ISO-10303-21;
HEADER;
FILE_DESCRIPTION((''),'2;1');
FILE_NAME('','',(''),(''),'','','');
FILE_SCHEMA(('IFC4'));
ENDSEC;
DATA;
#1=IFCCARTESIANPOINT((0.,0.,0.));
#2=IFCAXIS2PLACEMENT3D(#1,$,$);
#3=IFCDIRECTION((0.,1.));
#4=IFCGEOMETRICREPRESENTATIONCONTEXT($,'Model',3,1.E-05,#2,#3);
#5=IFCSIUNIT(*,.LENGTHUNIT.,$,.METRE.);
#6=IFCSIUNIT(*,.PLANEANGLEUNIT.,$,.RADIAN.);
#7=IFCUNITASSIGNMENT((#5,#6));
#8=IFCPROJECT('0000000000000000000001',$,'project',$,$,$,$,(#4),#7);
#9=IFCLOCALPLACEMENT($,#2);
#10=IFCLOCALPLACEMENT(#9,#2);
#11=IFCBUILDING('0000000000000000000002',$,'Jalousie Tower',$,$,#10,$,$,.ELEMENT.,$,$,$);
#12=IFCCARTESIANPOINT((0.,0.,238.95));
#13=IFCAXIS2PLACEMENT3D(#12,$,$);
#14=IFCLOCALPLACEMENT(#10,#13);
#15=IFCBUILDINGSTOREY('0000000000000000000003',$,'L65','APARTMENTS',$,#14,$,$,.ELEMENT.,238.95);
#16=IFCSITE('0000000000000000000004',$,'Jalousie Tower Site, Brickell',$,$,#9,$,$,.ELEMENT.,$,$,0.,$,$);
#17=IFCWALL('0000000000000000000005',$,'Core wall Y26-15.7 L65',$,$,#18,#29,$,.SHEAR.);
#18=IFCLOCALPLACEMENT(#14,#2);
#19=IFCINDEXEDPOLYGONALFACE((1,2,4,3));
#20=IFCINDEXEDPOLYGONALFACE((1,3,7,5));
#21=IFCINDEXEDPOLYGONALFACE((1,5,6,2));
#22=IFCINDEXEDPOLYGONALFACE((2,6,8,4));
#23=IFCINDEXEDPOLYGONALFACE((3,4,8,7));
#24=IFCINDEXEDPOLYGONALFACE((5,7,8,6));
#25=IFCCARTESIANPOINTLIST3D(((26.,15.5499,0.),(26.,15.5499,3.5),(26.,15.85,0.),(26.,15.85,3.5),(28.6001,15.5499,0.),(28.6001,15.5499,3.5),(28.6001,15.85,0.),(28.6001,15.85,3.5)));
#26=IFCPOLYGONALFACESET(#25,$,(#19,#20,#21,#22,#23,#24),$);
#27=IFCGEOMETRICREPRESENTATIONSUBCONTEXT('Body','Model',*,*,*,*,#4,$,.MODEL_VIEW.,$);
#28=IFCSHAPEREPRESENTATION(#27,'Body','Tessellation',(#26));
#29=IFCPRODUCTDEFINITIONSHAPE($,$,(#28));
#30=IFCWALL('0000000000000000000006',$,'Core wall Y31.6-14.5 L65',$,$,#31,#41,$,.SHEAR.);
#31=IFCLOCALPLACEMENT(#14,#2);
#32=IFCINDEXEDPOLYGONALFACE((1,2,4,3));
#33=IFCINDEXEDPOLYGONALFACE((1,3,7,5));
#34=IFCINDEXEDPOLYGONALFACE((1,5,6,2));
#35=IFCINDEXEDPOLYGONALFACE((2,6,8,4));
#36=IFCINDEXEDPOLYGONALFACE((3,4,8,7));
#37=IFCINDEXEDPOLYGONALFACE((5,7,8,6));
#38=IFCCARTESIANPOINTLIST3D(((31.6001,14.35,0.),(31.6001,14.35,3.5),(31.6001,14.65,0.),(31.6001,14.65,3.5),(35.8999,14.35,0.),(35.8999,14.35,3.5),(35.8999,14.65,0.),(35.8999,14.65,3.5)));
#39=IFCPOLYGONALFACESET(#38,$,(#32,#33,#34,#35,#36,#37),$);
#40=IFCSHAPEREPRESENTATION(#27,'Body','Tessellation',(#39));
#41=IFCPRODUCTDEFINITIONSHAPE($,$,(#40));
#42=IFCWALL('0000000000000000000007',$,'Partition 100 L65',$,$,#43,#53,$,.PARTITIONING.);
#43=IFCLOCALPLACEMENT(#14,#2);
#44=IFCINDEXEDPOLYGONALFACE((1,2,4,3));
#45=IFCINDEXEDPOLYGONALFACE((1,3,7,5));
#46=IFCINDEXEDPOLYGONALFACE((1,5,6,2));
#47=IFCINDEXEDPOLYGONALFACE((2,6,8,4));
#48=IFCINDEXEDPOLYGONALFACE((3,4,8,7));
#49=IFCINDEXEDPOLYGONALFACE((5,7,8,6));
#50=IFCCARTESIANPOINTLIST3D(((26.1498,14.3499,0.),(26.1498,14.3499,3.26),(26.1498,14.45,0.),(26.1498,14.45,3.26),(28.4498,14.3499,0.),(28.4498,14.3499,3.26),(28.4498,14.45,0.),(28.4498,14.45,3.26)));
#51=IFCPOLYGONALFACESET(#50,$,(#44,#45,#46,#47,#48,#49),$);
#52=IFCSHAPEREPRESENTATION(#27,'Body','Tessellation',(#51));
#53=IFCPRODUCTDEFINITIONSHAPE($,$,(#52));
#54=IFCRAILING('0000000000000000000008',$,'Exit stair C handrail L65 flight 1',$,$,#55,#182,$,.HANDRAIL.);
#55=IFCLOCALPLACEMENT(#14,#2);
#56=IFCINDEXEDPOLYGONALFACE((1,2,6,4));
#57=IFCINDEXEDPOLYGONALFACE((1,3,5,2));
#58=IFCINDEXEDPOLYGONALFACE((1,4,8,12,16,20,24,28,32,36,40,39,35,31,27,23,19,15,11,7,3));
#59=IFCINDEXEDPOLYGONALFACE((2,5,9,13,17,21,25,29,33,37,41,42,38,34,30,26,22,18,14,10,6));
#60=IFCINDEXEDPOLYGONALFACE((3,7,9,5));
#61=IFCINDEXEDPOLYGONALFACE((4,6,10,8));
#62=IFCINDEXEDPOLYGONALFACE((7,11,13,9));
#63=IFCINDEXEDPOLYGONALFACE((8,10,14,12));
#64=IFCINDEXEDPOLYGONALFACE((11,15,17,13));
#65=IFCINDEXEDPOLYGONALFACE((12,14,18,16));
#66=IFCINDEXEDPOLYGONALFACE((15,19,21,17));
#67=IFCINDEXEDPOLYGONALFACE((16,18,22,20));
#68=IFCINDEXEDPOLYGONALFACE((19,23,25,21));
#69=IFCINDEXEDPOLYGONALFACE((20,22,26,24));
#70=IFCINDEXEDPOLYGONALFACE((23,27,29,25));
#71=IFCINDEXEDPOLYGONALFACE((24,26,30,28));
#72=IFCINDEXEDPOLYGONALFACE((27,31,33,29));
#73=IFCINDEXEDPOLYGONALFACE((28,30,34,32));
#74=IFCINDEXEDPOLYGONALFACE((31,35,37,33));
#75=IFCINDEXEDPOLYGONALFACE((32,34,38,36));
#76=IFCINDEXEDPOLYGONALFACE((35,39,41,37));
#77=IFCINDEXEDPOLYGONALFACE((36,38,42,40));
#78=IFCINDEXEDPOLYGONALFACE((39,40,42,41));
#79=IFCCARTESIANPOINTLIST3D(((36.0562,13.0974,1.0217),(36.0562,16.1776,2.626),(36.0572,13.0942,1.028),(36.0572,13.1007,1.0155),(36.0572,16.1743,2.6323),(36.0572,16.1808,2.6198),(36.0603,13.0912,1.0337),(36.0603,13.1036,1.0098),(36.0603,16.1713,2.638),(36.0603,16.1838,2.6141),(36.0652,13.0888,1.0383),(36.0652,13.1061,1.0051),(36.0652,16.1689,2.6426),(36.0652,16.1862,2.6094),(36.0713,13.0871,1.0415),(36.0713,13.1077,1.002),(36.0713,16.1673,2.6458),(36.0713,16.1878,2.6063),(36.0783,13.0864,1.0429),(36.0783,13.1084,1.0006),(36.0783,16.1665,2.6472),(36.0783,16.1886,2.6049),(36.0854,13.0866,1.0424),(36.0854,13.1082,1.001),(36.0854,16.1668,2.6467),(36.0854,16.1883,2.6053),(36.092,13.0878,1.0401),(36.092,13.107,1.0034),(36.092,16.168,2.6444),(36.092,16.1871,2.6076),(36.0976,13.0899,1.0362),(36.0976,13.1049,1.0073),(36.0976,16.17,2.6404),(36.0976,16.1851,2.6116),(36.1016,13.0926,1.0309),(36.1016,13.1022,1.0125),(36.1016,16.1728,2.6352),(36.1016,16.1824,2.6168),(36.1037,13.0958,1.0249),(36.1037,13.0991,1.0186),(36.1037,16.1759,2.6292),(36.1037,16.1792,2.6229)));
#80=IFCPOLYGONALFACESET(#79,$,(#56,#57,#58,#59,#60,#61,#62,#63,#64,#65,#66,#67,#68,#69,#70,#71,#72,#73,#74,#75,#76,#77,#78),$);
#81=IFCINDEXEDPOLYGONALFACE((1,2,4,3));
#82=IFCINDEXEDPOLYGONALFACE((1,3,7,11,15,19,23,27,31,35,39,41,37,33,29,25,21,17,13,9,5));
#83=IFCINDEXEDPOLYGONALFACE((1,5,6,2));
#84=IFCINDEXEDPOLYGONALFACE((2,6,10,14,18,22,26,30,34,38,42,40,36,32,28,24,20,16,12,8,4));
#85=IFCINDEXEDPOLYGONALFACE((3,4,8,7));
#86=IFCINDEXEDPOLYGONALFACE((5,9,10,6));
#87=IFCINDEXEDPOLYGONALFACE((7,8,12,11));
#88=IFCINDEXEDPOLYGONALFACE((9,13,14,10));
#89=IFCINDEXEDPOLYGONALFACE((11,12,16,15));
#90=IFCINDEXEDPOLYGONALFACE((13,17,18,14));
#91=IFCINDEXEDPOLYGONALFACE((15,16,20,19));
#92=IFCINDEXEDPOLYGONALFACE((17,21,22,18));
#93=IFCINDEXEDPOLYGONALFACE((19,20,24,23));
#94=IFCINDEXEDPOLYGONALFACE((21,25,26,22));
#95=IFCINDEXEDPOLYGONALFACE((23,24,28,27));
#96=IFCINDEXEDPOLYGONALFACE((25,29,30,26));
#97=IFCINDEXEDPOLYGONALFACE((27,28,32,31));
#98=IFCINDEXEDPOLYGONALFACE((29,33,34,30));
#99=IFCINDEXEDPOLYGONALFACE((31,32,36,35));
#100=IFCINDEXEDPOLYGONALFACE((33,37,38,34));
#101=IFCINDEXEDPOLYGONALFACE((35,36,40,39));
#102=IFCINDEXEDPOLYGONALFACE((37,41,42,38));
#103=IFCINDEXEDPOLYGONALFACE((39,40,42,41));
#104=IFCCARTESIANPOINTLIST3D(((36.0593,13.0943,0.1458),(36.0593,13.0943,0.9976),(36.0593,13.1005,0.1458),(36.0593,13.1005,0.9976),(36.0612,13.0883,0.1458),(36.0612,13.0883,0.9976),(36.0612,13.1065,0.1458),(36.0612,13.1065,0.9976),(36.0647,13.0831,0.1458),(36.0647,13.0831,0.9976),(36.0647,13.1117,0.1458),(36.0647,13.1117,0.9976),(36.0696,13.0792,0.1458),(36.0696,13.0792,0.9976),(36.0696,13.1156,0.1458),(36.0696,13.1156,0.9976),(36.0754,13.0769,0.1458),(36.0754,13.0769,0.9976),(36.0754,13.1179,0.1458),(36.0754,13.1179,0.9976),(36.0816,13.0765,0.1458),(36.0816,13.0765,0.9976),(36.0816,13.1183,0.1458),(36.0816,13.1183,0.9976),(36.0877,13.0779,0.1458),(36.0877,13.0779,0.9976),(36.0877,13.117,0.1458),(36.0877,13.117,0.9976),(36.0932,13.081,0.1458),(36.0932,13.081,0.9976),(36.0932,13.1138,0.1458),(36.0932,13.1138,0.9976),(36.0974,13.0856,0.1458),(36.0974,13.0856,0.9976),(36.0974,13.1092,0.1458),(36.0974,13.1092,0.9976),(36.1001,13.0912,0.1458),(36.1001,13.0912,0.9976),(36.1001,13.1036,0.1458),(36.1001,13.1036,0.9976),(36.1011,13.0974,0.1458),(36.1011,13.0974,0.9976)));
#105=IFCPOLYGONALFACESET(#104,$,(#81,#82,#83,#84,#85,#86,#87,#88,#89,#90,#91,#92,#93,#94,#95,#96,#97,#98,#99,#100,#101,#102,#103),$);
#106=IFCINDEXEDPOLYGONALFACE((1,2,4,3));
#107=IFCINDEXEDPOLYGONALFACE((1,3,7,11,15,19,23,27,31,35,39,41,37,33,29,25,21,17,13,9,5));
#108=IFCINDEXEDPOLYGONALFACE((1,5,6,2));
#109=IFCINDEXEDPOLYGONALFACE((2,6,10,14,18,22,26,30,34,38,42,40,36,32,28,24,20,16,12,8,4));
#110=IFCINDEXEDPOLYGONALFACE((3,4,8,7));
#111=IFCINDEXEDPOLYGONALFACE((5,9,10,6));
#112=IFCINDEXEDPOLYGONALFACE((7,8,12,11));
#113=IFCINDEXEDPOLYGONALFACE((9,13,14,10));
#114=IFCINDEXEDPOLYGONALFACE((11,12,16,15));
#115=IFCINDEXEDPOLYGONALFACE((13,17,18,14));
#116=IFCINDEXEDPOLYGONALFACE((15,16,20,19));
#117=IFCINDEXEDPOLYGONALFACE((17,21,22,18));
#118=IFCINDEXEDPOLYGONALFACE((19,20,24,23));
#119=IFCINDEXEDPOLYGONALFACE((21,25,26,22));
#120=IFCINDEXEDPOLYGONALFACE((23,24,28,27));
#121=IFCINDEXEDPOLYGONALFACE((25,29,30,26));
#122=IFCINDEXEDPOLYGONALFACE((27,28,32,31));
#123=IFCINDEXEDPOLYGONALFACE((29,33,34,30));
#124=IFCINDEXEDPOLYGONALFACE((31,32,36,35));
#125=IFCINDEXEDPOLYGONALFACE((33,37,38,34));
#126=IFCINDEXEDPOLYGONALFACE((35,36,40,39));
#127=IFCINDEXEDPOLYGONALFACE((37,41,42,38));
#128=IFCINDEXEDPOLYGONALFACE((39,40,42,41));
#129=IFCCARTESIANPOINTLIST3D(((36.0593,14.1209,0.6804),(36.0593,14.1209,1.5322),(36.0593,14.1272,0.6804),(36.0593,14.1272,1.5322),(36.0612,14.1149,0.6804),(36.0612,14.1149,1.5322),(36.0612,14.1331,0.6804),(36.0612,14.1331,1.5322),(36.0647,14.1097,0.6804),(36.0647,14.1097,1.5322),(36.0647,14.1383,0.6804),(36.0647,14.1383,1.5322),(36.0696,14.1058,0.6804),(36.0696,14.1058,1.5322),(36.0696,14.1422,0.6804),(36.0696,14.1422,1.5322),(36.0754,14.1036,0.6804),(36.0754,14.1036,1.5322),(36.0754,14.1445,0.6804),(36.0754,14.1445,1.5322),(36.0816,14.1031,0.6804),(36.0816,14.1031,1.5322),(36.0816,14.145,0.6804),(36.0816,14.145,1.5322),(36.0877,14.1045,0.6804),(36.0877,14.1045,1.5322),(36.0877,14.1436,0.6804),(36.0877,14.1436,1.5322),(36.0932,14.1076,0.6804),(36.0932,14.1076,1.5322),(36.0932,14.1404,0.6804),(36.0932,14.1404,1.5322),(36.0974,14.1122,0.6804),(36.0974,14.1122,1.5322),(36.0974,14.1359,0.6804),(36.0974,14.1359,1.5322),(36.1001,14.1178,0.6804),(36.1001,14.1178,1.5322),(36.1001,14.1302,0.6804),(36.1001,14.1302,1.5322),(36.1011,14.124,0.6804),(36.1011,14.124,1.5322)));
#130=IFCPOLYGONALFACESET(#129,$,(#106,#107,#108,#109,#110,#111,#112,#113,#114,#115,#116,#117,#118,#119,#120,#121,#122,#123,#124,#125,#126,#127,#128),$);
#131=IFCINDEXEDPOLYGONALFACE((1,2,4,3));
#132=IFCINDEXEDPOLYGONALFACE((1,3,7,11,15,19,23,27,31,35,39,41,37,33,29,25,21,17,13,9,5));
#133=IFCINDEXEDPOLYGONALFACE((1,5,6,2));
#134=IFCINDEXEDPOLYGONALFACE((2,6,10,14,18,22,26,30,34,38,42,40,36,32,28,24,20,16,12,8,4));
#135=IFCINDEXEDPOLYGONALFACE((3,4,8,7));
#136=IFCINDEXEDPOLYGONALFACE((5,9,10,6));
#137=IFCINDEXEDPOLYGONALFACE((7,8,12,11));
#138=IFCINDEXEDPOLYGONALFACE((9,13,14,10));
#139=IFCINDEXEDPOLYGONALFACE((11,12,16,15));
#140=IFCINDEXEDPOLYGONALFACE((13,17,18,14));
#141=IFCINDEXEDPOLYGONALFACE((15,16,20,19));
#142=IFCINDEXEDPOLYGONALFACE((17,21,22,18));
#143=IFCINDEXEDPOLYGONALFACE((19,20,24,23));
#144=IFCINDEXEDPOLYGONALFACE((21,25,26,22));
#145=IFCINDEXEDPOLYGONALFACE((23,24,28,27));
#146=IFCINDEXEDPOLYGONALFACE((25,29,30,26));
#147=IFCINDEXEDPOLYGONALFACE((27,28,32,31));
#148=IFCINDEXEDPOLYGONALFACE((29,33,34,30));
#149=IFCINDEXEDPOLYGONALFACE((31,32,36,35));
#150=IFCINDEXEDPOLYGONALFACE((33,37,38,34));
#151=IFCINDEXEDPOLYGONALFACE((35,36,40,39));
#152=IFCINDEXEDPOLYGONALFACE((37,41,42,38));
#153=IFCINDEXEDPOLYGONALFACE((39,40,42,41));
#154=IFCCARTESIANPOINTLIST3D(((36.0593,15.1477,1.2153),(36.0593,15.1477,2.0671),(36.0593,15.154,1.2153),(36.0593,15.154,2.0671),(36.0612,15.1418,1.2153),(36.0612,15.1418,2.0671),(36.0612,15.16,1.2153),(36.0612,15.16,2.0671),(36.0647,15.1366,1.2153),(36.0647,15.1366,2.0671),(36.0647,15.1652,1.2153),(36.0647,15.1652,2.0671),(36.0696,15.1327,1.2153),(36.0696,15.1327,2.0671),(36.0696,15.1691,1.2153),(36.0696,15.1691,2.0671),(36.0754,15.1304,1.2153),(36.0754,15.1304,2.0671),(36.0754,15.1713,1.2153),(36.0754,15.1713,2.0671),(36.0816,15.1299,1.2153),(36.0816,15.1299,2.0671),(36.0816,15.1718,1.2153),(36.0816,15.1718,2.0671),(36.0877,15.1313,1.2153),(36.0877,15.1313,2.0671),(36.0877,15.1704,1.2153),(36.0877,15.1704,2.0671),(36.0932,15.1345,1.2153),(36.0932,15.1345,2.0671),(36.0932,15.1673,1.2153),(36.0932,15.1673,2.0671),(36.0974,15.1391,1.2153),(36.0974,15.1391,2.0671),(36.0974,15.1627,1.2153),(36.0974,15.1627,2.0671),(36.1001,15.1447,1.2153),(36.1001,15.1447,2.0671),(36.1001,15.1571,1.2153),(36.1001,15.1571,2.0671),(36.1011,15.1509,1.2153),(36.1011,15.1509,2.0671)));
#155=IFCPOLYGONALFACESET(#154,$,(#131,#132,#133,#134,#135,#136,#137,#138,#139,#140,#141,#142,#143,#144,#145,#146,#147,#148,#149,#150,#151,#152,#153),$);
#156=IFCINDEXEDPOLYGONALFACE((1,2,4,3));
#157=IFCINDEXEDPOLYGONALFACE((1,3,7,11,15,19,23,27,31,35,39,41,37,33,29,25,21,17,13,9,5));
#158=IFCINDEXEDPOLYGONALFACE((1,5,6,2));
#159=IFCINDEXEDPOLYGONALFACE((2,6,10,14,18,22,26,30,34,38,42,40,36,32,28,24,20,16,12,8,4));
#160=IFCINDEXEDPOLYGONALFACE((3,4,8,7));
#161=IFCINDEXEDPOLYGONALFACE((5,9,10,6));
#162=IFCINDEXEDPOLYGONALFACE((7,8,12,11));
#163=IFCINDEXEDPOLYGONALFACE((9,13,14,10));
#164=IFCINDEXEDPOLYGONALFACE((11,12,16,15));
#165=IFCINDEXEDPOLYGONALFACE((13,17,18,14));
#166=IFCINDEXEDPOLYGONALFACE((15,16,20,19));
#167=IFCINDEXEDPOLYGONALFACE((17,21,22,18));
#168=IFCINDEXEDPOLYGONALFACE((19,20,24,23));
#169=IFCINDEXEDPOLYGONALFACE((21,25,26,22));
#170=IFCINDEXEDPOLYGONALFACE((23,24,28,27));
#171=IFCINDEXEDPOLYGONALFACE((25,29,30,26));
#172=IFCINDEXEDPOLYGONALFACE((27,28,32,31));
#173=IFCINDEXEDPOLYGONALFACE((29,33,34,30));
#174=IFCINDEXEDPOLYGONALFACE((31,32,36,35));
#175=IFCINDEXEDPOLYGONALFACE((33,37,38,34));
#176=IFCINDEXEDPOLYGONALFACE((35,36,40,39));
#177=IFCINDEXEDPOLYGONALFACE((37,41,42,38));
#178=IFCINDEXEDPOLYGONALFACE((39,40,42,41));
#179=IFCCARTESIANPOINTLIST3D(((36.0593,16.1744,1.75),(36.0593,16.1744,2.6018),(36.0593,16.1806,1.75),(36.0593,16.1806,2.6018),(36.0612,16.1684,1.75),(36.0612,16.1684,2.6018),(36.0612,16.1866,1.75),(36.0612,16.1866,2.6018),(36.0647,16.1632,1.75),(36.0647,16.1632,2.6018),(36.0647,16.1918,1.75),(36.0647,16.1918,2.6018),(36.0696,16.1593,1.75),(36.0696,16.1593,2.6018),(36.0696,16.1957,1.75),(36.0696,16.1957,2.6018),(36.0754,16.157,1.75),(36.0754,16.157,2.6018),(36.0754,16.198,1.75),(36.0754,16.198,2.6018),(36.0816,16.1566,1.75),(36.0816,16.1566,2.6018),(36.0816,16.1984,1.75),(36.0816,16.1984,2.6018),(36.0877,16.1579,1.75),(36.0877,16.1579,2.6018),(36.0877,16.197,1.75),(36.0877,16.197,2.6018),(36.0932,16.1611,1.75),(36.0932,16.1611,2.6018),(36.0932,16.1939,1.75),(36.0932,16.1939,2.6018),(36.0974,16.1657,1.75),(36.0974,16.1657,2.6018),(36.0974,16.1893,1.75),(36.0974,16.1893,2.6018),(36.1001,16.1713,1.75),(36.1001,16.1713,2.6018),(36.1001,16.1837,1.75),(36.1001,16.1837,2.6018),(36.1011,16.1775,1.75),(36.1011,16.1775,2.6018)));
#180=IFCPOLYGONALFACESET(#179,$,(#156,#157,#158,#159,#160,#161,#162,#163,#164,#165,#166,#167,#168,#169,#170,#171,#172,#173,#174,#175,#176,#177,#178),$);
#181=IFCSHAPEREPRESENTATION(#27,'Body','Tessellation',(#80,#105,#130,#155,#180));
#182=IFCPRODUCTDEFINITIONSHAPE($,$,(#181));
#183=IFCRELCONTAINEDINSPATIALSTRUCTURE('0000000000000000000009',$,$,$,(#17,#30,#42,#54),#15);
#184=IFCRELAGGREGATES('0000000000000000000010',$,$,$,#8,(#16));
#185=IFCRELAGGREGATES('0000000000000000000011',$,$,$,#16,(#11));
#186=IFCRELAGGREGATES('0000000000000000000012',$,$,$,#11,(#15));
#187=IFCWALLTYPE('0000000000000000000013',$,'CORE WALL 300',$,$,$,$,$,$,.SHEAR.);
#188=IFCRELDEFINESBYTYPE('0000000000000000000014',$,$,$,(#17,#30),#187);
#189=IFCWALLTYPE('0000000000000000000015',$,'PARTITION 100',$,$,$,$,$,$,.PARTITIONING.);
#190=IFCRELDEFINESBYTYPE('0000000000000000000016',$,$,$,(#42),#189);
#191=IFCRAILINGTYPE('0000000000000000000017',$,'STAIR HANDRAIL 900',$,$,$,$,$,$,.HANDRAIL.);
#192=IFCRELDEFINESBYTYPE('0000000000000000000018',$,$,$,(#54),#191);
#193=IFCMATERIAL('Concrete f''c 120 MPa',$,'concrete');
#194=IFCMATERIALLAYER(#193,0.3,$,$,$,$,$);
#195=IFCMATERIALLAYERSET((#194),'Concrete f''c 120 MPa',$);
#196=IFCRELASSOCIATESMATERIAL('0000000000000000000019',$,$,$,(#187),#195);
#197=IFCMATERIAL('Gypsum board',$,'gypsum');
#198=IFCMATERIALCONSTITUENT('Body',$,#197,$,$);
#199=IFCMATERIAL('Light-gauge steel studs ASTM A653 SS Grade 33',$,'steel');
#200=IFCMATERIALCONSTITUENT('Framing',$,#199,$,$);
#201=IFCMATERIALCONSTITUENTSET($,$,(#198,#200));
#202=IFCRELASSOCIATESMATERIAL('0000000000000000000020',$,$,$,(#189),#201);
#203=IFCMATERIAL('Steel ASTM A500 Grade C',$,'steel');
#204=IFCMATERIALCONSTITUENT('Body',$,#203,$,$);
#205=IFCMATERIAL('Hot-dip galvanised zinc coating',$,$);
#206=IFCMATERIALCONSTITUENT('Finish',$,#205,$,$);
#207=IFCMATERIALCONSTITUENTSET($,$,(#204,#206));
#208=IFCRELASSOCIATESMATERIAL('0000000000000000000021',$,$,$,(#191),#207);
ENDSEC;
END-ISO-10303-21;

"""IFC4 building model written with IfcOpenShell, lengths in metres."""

from ifc_helpers import new_model, si_unit, direction, frame, frame_2d, origin, origin_2d, place, context, subcontext, project, spatial, rectangle, circle, extrude, material, layer, layer_set, constituent, constituent_set, type_object, element, save


model = new_model("IFC4")

# Units and contexts
model_context = context("Model", 3, precision=1e-05, world=origin(), true_north=direction((0.0, 1.0)))
body_context = subcontext(model_context, "Body", "Model", "MODEL_VIEW")
ifc_project = project(units=[si_unit("LENGTHUNIT", "METRE"), si_unit("PLANEANGLEUNIT", "RADIAN")], contexts=[model_context])

# Site, building, storey
site_placement = place(None, origin())
site = spatial("IfcSite", under=ifc_project, at=site_placement, Name="Jalousie Tower Site, Brickell", CompositionType="ELEMENT", RefElevation=0.0)
building_placement = place(site_placement, origin())
building = spatial("IfcBuilding", under=site, at=building_placement, Name="Jalousie Tower", CompositionType="ELEMENT")
storey_placement = place(building_placement, frame((0.0, 0.0, 238.95)))
storey = spatial("IfcBuildingStorey", under=building, at=storey_placement, Name="L65", Description="APARTMENTS", CompositionType="ELEMENT", Elevation=238.95)

# Shared definitions
ifc_material_1 = material(Name="Concrete f'c 120 MPa", Category="concrete")
ifc_layer = layer(ifc_material_1, 0.3)
ifc_layer_set = layer_set([ifc_layer], Name="Concrete f'c 120 MPa")
wall_type_1 = type_object("IfcWallType", Name="CORE WALL 300", PredefinedType="SHEAR", material=ifc_layer_set)

# Walls
for number, where, z_axis, x_axis, name in (
    (1, (26.0, 15.7, 0.0), (0.0, 0.0, 1.0), (1.0, 0.0, 0.0), "Core wall Y26-15.7 L65"),
):
    element("IfcWall", number, at=place(storey_placement, frame(where, z_axis=z_axis, x_axis=x_axis)), inside=storey, type_object=wall_type_1, Name=name, PredefinedType="SHEAR", context=body_context, shape_type="SweptSolid", body=[
        extrude(rectangle(XDim=2.6001, YDim=0.3, at=frame_2d((1.3, 0.0))), origin(), (0.0, 0.0, 1.0), 3.5),
    ])
wall_1_placement = place(storey_placement, frame((31.6001, 14.5, 0.0), z_axis=(0.0, 0.0, 1.0), x_axis=(1.0, 0.0, 0.0)))
element("IfcWall", 2, at=wall_1_placement, inside=storey, type_object=wall_type_1, Name="Core wall Y31.6-14.5 L65", PredefinedType="SHEAR", context=body_context, shape_type="SweptSolid", body=[
    extrude(rectangle(XDim=4.2998, YDim=0.3, at=frame_2d((2.1499, 0.0))), origin(), (0.0, 0.0, 1.0), 3.5),
])
ifc_material_2 = material(Name="Gypsum board", Category="gypsum")
ifc_constituent_1 = constituent(ifc_material_2, Name="Body")
ifc_material_3 = material(Name="Light-gauge steel studs ASTM A653 SS Grade 33", Category="steel")
ifc_constituent_2 = constituent(ifc_material_3, Name="Framing")
ifc_constituent_set_1 = constituent_set(constituents=[ifc_constituent_1, ifc_constituent_2])
wall_type_2 = type_object("IfcWallType", Name="PARTITION 100", PredefinedType="PARTITIONING", material=ifc_constituent_set_1)
wall_2_placement = place(storey_placement, frame((26.1499, 14.3999, 0.0), z_axis=(0.0, 0.0, 1.0), x_axis=(1.0, 0.0, 0.0)))
element("IfcWall", 3, at=wall_2_placement, inside=storey, type_object=wall_type_2, Name="Partition 100 L65", PredefinedType="PARTITIONING", context=body_context, shape_type="SweptSolid", body=[
    extrude(rectangle(XDim=2.3, YDim=0.1001, at=frame_2d((1.1499, 0.0))), origin(), (0.0, 0.0, 1.0), 3.26),
])

# Railing
ifc_material_4 = material(Name="Steel ASTM A500 Grade C", Category="steel")
ifc_constituent_3 = constituent(ifc_material_4, Name="Body")
ifc_material_5 = material(Name="Hot-dip galvanised zinc coating")
ifc_constituent_4 = constituent(ifc_material_5, Name="Finish")
ifc_constituent_set_2 = constituent_set(constituents=[ifc_constituent_3, ifc_constituent_4])
railing_type = type_object("IfcRailingType", Name="STAIR HANDRAIL 900", PredefinedType="HANDRAIL", material=ifc_constituent_set_2)
railing_placement = place(storey_placement, frame((36.0801, 13.0974, 0.1458)))
element("IfcRailing", 4, at=railing_placement, inside=storey, type_object=railing_type, Name="Exit stair C handrail L65 flight 1", PredefinedType="HANDRAIL", context=body_context, shape_type="SweptSolid", body=[
    extrude(circle(Radius=0.0239, at=origin_2d()), frame((0.0, 0.0, 0.876), z_axis=(0.0, 0.886909, 0.461944), x_axis=(-1.0, 0.0, 0.0)), (0.0, 0.0, 1.0), 3.4729),
    extrude(circle(Radius=0.021, at=origin_2d()), origin(), (0.0, 0.0, 1.0), 0.8518),
    extrude(circle(Radius=0.021, at=origin_2d()), frame((0.0, 1.0266, 0.5347)), (0.0, 0.0, 1.0), 0.8518),
    extrude(circle(Radius=0.021, at=origin_2d()), frame((0.0, 2.0535, 1.0696)), (0.0, 0.0, 1.0), 0.8518),
    extrude(circle(Radius=0.021, at=origin_2d()), frame((0.0, 3.0801, 1.6042)), (0.0, 0.0, 1.0), 0.8518),
])

save(model, "model.ifc")
